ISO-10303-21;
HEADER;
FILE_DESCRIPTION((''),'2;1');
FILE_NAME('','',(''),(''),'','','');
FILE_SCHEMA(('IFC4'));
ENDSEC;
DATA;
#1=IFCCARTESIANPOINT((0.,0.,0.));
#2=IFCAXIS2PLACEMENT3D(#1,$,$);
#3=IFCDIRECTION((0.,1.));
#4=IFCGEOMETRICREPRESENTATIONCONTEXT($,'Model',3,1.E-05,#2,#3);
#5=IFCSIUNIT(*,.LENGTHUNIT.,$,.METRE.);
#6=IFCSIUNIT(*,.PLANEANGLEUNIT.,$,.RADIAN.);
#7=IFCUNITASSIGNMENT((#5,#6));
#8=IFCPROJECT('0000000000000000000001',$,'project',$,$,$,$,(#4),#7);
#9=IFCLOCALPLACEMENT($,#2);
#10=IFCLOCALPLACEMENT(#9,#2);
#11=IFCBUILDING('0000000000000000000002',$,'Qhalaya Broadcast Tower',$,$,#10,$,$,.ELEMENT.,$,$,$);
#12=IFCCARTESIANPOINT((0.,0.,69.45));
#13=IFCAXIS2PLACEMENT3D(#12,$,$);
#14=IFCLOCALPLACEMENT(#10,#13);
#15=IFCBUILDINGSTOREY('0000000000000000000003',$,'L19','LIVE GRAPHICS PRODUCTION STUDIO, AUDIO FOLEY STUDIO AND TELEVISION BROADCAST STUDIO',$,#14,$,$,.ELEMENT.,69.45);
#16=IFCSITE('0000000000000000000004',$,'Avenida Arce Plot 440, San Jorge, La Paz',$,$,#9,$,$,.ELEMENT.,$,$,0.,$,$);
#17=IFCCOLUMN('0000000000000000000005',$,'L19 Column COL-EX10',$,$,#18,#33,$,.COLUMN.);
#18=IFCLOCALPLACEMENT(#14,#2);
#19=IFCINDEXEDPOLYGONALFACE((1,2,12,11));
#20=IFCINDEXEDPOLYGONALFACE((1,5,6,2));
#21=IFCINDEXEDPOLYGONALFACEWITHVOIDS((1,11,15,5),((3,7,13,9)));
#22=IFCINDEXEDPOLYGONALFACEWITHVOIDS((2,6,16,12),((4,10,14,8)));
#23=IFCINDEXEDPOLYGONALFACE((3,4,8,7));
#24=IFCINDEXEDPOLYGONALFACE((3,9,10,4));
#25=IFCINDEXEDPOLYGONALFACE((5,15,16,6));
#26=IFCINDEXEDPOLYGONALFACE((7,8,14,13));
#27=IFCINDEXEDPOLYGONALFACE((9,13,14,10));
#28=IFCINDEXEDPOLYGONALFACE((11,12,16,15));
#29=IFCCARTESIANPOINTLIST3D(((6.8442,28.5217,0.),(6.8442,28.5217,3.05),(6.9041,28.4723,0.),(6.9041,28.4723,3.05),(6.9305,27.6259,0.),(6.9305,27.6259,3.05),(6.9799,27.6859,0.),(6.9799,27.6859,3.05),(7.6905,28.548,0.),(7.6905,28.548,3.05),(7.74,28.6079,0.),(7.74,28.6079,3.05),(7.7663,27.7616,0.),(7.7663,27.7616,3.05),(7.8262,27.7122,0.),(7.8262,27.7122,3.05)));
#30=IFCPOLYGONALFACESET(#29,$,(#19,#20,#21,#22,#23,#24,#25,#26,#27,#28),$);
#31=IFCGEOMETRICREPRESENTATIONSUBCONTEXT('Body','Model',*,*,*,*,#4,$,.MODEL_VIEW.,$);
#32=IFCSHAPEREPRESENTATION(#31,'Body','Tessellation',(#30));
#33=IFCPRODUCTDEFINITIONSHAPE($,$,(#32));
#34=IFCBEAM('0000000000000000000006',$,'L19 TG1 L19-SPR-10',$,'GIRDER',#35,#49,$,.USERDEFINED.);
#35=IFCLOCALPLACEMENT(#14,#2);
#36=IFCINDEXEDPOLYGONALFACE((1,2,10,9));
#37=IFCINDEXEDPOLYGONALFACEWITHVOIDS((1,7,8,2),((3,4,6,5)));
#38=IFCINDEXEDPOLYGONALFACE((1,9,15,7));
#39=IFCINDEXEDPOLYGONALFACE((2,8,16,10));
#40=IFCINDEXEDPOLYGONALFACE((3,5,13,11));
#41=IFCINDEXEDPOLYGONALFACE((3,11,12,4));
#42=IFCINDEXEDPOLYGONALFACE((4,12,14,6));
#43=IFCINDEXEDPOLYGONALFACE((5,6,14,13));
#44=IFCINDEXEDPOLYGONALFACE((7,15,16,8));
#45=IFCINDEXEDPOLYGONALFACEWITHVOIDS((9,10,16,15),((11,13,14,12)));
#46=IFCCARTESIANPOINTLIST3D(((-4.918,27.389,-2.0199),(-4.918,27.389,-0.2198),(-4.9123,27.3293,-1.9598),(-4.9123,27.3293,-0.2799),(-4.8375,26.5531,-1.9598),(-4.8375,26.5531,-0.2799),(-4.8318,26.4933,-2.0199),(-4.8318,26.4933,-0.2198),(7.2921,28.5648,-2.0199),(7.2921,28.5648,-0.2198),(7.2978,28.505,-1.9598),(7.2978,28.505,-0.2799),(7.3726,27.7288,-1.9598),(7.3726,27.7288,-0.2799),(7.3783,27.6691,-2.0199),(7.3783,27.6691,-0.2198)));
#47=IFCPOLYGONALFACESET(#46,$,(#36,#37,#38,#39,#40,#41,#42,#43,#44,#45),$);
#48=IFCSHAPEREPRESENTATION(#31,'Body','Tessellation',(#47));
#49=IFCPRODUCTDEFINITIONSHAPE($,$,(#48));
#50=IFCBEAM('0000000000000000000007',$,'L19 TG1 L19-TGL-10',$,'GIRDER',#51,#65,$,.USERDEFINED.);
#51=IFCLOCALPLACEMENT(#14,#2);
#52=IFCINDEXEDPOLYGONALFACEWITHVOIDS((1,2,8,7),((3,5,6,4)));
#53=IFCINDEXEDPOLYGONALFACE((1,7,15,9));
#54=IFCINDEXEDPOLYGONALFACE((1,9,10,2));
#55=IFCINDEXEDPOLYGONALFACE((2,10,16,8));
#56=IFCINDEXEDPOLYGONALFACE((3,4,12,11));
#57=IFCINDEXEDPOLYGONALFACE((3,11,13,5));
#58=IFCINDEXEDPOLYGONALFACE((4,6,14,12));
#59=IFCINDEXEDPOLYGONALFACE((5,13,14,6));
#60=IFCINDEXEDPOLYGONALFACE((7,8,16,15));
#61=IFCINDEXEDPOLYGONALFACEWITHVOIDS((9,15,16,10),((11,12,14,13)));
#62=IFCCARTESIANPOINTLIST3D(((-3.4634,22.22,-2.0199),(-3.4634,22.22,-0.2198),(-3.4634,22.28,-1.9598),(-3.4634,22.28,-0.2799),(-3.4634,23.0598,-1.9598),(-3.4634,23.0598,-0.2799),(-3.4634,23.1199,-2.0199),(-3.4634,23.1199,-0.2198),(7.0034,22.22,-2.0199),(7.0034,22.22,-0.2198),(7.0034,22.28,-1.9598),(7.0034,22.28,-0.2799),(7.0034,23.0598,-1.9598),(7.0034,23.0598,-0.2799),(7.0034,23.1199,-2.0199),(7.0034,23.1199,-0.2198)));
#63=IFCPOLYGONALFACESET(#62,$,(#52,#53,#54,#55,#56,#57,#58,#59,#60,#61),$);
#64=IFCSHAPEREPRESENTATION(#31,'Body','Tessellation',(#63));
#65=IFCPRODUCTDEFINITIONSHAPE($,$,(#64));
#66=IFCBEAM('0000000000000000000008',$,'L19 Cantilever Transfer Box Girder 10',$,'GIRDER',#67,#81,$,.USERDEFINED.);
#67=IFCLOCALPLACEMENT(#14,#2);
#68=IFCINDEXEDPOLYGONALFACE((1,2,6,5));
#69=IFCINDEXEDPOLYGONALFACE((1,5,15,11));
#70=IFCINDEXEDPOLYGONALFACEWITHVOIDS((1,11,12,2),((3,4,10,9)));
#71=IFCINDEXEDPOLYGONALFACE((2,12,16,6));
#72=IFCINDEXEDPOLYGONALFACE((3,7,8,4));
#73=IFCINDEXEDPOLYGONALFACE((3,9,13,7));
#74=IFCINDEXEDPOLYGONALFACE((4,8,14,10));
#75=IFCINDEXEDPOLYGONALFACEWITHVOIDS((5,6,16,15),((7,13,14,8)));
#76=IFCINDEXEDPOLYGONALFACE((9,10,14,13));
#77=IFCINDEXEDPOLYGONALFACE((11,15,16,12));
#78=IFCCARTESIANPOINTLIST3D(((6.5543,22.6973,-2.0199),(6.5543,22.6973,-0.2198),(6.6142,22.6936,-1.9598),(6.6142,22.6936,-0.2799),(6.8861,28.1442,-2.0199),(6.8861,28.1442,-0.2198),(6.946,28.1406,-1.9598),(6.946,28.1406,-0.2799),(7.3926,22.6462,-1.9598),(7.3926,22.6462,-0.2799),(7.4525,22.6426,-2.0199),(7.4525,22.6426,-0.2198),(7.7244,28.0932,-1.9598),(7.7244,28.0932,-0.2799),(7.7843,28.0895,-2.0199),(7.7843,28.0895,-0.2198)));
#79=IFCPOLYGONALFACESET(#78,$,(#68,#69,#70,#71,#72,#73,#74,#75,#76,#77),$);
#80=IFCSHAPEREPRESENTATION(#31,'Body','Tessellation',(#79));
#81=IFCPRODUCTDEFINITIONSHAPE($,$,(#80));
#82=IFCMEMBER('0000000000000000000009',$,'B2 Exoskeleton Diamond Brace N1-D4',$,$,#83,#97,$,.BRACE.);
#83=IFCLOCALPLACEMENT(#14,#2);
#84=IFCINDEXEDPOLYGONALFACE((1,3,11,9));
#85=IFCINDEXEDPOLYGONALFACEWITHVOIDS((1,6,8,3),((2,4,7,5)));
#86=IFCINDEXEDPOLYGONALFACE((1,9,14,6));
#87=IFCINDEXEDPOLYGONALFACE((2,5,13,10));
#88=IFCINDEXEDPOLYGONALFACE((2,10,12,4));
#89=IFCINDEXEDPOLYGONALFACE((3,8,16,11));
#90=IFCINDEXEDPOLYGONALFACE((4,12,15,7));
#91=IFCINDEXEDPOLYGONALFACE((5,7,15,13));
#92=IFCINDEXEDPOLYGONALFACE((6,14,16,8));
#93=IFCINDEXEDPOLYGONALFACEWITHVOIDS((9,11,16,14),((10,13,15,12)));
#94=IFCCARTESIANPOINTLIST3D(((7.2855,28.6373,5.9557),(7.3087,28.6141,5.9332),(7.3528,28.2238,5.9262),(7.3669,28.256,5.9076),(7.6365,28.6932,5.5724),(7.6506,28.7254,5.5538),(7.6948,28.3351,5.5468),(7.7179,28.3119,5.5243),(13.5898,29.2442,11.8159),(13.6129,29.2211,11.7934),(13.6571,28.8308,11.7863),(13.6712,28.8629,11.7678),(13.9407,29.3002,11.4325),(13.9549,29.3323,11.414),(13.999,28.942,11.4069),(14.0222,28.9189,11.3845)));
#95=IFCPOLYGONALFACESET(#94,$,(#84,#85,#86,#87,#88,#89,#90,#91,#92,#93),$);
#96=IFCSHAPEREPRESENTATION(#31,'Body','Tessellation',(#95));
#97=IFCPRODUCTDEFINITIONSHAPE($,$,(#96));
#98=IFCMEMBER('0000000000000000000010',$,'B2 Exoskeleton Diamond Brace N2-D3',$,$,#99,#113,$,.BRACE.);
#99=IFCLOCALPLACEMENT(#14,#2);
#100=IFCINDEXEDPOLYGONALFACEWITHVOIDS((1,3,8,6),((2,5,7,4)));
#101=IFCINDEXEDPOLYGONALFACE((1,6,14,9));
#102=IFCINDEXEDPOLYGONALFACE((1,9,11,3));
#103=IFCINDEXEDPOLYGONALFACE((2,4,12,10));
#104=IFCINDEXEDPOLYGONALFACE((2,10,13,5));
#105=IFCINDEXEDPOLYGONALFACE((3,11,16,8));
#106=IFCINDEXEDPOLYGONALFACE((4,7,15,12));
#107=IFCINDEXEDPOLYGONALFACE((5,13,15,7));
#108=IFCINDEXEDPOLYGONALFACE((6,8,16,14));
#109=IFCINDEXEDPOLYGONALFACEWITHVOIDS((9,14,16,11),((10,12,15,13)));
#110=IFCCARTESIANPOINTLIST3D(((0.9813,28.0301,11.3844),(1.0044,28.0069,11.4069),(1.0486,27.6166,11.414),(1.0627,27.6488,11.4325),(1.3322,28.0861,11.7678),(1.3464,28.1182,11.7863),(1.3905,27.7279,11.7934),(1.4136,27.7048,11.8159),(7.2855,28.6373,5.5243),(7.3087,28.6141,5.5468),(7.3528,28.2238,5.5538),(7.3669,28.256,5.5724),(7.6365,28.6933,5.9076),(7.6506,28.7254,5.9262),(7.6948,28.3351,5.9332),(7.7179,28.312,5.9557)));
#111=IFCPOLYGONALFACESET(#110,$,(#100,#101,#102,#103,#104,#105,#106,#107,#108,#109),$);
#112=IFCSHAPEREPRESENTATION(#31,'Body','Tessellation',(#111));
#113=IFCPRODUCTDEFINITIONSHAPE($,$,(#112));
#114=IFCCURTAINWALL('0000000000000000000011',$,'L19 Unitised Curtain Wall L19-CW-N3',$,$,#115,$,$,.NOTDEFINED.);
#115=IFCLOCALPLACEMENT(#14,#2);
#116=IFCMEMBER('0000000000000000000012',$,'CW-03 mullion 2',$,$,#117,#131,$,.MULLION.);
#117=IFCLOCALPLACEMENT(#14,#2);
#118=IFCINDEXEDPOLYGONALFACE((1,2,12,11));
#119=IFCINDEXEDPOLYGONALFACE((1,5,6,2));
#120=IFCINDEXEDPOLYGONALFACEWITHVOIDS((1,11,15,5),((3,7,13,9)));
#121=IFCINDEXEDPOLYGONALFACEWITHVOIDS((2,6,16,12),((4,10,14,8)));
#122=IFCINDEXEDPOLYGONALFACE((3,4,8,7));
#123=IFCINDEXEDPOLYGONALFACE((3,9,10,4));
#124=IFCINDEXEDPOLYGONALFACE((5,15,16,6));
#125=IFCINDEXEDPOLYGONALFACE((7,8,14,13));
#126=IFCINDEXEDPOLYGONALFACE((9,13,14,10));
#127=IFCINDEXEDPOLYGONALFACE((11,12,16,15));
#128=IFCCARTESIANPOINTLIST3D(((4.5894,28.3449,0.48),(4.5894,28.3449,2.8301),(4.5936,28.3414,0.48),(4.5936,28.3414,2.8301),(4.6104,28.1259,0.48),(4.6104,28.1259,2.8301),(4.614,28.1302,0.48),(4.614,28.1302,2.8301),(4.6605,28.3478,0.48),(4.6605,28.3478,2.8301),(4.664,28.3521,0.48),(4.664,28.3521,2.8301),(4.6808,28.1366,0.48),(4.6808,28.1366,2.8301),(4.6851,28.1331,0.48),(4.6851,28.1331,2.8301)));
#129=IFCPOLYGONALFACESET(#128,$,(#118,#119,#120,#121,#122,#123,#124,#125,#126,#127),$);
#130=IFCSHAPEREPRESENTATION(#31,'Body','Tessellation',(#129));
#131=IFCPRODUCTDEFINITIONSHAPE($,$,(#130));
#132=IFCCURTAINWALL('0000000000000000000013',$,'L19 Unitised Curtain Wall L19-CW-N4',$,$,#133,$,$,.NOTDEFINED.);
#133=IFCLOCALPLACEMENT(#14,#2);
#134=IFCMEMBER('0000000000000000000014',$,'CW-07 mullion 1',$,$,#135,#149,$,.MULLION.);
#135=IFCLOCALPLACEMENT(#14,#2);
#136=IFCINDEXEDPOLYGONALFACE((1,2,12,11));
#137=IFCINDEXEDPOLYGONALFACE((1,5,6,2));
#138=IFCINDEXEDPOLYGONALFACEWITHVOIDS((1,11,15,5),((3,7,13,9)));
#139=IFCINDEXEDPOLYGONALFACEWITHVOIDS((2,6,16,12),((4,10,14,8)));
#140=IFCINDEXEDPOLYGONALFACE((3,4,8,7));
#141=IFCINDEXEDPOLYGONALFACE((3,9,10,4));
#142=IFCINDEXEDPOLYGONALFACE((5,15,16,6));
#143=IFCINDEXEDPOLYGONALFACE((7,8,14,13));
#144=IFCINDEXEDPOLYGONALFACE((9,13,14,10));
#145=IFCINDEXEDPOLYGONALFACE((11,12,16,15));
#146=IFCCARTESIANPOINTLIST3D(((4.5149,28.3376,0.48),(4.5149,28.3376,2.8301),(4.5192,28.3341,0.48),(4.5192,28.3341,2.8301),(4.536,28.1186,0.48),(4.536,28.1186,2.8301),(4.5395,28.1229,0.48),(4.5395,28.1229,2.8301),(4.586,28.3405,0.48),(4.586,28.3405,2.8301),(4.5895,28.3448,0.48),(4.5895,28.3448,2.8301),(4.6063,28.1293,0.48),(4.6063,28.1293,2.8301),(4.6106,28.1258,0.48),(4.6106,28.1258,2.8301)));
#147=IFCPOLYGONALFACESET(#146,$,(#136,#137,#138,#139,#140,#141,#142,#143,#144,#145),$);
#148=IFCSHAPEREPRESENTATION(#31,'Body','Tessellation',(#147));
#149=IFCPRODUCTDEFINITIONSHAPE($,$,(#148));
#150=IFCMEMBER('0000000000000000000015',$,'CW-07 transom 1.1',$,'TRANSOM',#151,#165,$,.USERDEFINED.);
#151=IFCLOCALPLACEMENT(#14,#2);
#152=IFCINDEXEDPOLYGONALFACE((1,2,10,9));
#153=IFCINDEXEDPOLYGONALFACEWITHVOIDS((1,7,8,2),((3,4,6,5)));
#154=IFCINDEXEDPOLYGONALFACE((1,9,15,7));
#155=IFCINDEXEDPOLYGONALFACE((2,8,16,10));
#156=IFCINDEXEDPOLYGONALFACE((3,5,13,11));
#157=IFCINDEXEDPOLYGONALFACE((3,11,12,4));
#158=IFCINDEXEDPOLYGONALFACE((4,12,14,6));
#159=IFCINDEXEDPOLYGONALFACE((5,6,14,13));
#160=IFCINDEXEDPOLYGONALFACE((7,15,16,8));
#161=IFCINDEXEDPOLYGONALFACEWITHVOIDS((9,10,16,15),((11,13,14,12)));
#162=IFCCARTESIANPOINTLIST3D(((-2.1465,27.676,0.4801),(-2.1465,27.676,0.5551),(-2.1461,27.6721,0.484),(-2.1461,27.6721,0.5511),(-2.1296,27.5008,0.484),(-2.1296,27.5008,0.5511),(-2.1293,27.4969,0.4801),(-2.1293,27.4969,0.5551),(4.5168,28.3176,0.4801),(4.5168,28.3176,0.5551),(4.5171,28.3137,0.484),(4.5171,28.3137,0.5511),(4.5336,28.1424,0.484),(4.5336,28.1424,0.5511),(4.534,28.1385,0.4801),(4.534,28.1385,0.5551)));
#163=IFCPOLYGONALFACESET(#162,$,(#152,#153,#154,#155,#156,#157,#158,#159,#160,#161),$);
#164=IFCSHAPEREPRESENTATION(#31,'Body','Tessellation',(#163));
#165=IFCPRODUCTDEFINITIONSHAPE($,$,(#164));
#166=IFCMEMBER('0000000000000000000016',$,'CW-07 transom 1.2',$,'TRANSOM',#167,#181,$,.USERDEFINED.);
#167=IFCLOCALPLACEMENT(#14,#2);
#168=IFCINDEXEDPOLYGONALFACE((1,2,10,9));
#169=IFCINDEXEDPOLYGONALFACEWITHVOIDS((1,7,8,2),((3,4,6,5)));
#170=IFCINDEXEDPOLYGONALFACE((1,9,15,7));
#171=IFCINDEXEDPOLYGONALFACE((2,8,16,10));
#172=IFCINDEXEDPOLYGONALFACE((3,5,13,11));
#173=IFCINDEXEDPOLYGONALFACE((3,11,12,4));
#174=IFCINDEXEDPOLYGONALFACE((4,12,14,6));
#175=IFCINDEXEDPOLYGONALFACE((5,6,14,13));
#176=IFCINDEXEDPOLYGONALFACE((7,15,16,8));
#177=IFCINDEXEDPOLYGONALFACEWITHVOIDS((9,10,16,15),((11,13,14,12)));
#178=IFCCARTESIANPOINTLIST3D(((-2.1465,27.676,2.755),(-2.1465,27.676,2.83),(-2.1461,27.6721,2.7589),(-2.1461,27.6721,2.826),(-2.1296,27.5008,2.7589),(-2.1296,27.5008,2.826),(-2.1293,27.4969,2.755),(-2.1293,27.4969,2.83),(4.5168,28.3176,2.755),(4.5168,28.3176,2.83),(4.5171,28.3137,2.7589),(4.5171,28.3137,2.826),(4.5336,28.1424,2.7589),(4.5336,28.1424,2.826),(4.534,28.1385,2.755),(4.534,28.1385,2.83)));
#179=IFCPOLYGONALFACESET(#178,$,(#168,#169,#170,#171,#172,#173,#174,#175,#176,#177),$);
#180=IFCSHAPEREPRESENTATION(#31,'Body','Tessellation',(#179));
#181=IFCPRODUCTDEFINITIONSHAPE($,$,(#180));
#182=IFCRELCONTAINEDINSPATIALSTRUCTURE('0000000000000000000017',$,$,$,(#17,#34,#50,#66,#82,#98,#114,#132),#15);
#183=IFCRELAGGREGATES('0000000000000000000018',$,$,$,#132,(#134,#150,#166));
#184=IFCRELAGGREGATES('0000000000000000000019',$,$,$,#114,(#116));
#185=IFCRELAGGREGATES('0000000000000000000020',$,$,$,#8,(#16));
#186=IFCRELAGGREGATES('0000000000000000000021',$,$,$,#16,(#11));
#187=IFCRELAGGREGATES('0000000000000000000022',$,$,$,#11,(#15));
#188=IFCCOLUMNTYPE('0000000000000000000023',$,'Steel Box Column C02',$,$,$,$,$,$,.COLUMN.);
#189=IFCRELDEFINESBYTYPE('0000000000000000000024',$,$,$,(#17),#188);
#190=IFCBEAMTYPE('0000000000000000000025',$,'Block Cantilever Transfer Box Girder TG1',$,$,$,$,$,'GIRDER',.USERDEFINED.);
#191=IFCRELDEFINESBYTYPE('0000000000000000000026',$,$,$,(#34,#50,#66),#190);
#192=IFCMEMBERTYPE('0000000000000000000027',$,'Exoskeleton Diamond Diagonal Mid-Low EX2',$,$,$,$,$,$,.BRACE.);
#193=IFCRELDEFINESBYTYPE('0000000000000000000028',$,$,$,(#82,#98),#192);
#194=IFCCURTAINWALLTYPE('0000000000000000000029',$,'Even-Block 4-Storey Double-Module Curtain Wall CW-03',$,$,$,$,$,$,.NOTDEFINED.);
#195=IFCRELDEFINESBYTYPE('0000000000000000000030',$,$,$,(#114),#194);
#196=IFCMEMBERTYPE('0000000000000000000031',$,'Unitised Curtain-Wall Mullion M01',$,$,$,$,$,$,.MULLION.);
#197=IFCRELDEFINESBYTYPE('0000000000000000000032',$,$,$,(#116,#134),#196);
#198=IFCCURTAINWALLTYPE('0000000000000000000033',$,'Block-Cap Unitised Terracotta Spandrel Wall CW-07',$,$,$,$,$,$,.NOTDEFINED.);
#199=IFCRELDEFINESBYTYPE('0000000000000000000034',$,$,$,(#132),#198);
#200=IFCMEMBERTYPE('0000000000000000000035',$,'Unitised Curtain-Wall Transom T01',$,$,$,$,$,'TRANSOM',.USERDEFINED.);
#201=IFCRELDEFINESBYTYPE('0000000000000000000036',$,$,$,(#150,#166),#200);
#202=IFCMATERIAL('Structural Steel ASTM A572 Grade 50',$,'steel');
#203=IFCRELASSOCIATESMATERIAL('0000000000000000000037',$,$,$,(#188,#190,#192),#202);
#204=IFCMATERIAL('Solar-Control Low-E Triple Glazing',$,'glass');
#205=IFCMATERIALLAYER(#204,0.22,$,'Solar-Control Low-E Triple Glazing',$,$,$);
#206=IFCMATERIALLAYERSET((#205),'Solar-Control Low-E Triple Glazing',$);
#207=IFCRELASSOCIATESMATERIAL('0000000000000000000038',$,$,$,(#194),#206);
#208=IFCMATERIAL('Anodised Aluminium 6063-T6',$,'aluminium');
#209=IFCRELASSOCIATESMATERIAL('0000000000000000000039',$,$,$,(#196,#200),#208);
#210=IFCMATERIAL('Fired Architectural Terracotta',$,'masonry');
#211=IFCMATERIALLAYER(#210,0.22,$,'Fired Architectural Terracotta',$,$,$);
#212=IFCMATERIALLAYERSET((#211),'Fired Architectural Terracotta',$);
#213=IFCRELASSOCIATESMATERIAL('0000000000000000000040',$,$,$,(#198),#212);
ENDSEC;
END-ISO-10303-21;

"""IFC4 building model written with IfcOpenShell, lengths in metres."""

from ifc_helpers import new_model, si_unit, direction, frame, origin, origin_2d, place, context, subcontext, project, spatial, hollow_rectangle, extrude, material, layer, layer_set, material_profile, profile_set, type_object, element, aggregate, save


model = new_model("IFC4")

# Units and contexts
model_context = context("Model", 3, precision=1e-05, world=origin(), true_north=direction((0.0, 1.0)))
body_context = subcontext(model_context, "Body", "Model", "MODEL_VIEW")
ifc_project = project(units=[si_unit("LENGTHUNIT", "METRE"), si_unit("PLANEANGLEUNIT", "RADIAN")], contexts=[model_context])

# Site, building, storey
site_placement = place(None, origin())
site = spatial("IfcSite", under=ifc_project, at=site_placement, Name="Avenida Arce Plot 440, San Jorge, La Paz", CompositionType="ELEMENT", RefElevation=0.0)
building_placement = place(site_placement, origin())
building = spatial("IfcBuilding", under=site, at=building_placement, Name="Qhalaya Broadcast Tower", CompositionType="ELEMENT")
storey_placement = place(building_placement, frame((0.0, 0.0, 69.45)))
storey = spatial("IfcBuildingStorey", under=building, at=storey_placement, Name="L19", Description="LIVE GRAPHICS PRODUCTION STUDIO, AUDIO FOLEY STUDIO AND TELEVISION BROADCAST STUDIO", CompositionType="ELEMENT", Elevation=69.45)

# Column
ifc_material_1 = material(Name="Structural Steel ASTM A572 Grade 50", Category="steel")
ifc_material_profile_1 = material_profile(ifc_material_1, hollow_rectangle(XDim=0.8999, YDim=0.8999, WallThickness=0.0549, at=origin_2d()), Name="BOX 900x900x55")
ifc_profile_set_1 = profile_set([ifc_material_profile_1], Name="Structural Steel ASTM A572 Grade 50")
column_type = type_object("IfcColumnType", Name="Steel Box Column C02", PredefinedType="COLUMN", material=ifc_profile_set_1)
column_placement = place(storey_placement, frame((7.3352, 28.1169, 0.0), z_axis=(0.0, 0.0, 1.0), x_axis=(0.995396, 0.095846, 0.0)))
element("IfcColumn", 1, at=column_placement, inside=storey, type_object=column_type, Name="L19 Column COL-EX10", PredefinedType="COLUMN", context=body_context, shape_type="SweptSolid", body=[
    extrude(hollow_rectangle(XDim=0.8999, YDim=0.8999, WallThickness=0.0549, at=origin_2d()), origin(), (0.0, 0.0, 1.0), 3.05),
])

# Beams
ifc_material_profile_2 = material_profile(ifc_material_1, hollow_rectangle(XDim=0.8999, YDim=1.8, WallThickness=0.0601, at=origin_2d()), Name="BOX 900x1800x60")
ifc_profile_set_2 = profile_set([ifc_material_profile_2], Name="Structural Steel ASTM A572 Grade 50")
beam_type = type_object("IfcBeamType", Name="Block Cantilever Transfer Box Girder TG1", ElementType="GIRDER", PredefinedType="USERDEFINED", material=ifc_profile_set_2)
beam_1_placement = place(storey_placement, frame((7.3352, 28.1169, -1.1199), z_axis=(-0.995396, -0.095852, 0.0), x_axis=(0.095852, -0.995396, 0.0)))
element("IfcBeam", 2, at=beam_1_placement, inside=storey, type_object=beam_type, Name="L19 TG1 L19-SPR-10", ObjectType="GIRDER", PredefinedType="USERDEFINED", context=body_context, shape_type="SweptSolid", body=[
    extrude(hollow_rectangle(XDim=0.8999, YDim=1.8, WallThickness=0.0601, at=origin_2d()), origin(), (0.0, 0.0, 1.0), 12.2666),
])
beam_2_placement = place(storey_placement, frame((7.0034, 22.6699, -1.1199), z_axis=(-1.0, 0.0, 0.0), x_axis=(0.0, -1.0, 0.0)))
element("IfcBeam", 3, at=beam_2_placement, inside=storey, type_object=beam_type, Name="L19 TG1 L19-TGL-10", ObjectType="GIRDER", PredefinedType="USERDEFINED", context=body_context, shape_type="SweptSolid", body=[
    extrude(hollow_rectangle(XDim=0.8999, YDim=1.8, WallThickness=0.0601, at=origin_2d()), origin(), (0.0, 0.0, 1.0), 10.4668),
])
beam_3_placement = place(storey_placement, frame((7.0034, 22.6699, -1.1199), z_axis=(0.060799, 0.99815, 0.0), x_axis=(-0.99815, 0.060799, 0.0)))
element("IfcBeam", 4, at=beam_3_placement, inside=storey, type_object=beam_type, Name="L19 Cantilever Transfer Box Girder 10", ObjectType="GIRDER", PredefinedType="USERDEFINED", context=body_context, shape_type="SweptSolid", body=[
    extrude(hollow_rectangle(XDim=0.8999, YDim=1.8, WallThickness=0.0601, at=origin_2d()), origin(), (0.0, 0.0, 1.0), 5.457),
])

# Members
ifc_material_profile_3 = material_profile(ifc_material_1, hollow_rectangle(XDim=0.4199, YDim=0.55, WallThickness=0.0281, at=origin_2d()), Name="BOX 420x550x28")
ifc_profile_set_3 = profile_set([ifc_material_profile_3], Name="Structural Steel ASTM A572 Grade 50")
member_type_1 = type_object("IfcMemberType", Name="Exoskeleton Diamond Diagonal Mid-Low EX2", PredefinedType="BRACE", material=ifc_profile_set_3)
for number, where, z_axis, x_axis, name in (
    (5, (7.5017, 28.4746, 5.74), (0.73062, 0.07034, 0.679152), (-0.160184, 0.984577, 0.070351), "B2 Exoskeleton Diamond Brace N1-D4"),
    (6, (7.5017, 28.4746, 5.74), (-0.730618, -0.070368, 0.679151), (0.160222, -0.984571, 0.070351), "B2 Exoskeleton Diamond Brace N2-D3"),
):
    element("IfcMember", number, at=place(storey_placement, frame(where, z_axis=z_axis, x_axis=x_axis)), inside=storey, type_object=member_type_1, Name=name, PredefinedType="BRACE", context=body_context, shape_type="SweptSolid", body=[
        extrude(hollow_rectangle(XDim=0.4199, YDim=0.55, WallThickness=0.0281, at=origin_2d()), origin(), (0.0, 0.0, 1.0), 8.6287),
    ])

# Curtain wall, member
ifc_material_2 = material(Name="Solar-Control Low-E Triple Glazing", Category="glass")
ifc_layer_1 = layer(ifc_material_2, 0.22, Name="Solar-Control Low-E Triple Glazing")
ifc_layer_set_1 = layer_set([ifc_layer_1], Name="Solar-Control Low-E Triple Glazing")
curtain_wall_type_1 = type_object("IfcCurtainWallType", Name="Even-Block 4-Storey Double-Module Curtain Wall CW-03", PredefinedType="NOTDEFINED", material=ifc_layer_set_1)
curtain_wall_1_placement = place(storey_placement, origin())
curtain_wall_1 = element("IfcCurtainWall", 7, at=curtain_wall_1_placement, inside=storey, type_object=curtain_wall_type_1, Name="L19 Unitised Curtain Wall L19-CW-N3", PredefinedType="NOTDEFINED")
ifc_material_3 = material(Name="Anodised Aluminium 6063-T6", Category="aluminium")
ifc_material_profile_4 = material_profile(ifc_material_3, hollow_rectangle(XDim=0.075, YDim=0.22, WallThickness=0.0039, at=origin_2d()), Name="ALU-MUL 75x220x4")
ifc_profile_set_4 = profile_set([ifc_material_profile_4], Name="Anodised Aluminium 6063-T6")
member_type_2 = type_object("IfcMemberType", Name="Unitised Curtain-Wall Mullion M01", PredefinedType="MULLION", material=ifc_profile_set_4)
member_1_placement = place(storey_placement, frame((4.6372, 28.239, 0.48), z_axis=(0.0, 0.0, 1.0), x_axis=(-0.995396, -0.095844, 0.0)))
member_1 = element("IfcMember", 8, at=member_1_placement, type_object=member_type_2, Name="CW-03 mullion 2", PredefinedType="MULLION", context=body_context, shape_type="SweptSolid", body=[
    extrude(hollow_rectangle(XDim=0.075, YDim=0.22, WallThickness=0.0039, at=origin_2d()), origin(), (0.0, 0.0, 1.0), 2.3501),
])

# Curtain wall, members
ifc_material_4 = material(Name="Fired Architectural Terracotta", Category="masonry")
ifc_layer_2 = layer(ifc_material_4, 0.22, Name="Fired Architectural Terracotta")
ifc_layer_set_2 = layer_set([ifc_layer_2], Name="Fired Architectural Terracotta")
curtain_wall_type_2 = type_object("IfcCurtainWallType", Name="Block-Cap Unitised Terracotta Spandrel Wall CW-07", PredefinedType="NOTDEFINED", material=ifc_layer_set_2)
curtain_wall_2_placement = place(storey_placement, origin())
curtain_wall_2 = element("IfcCurtainWall", 9, at=curtain_wall_2_placement, inside=storey, type_object=curtain_wall_type_2, Name="L19 Unitised Curtain Wall L19-CW-N4", PredefinedType="NOTDEFINED")
member_2_placement = place(storey_placement, frame((4.5627, 28.2317, 0.48), z_axis=(0.0, 0.0, 1.0), x_axis=(-0.995396, -0.09585, 0.0)))
member_2 = element("IfcMember", 10, at=member_2_placement, type_object=member_type_2, Name="CW-07 mullion 1", PredefinedType="MULLION", context=body_context, shape_type="SweptSolid", body=[
    extrude(hollow_rectangle(XDim=0.075, YDim=0.22, WallThickness=0.0039, at=origin_2d()), origin(), (0.0, 0.0, 1.0), 2.3501),
])
ifc_material_profile_5 = material_profile(ifc_material_3, hollow_rectangle(XDim=0.075, YDim=0.1799, WallThickness=0.0039, at=origin_2d()), Name="ALU-TRN 75x180x4")
ifc_profile_set_5 = profile_set([ifc_material_profile_5], Name="Anodised Aluminium 6063-T6")
member_type_3 = type_object("IfcMemberType", Name="Unitised Curtain-Wall Transom T01", ElementType="TRANSOM", PredefinedType="USERDEFINED", material=ifc_profile_set_5)
member_3_placement = place(storey_placement, frame((4.5254, 28.228, 0.5176), z_axis=(-0.995396, -0.095845, 0.0), x_axis=(0.0, 0.0, 1.0)))
member_3 = element("IfcMember", 11, at=member_3_placement, type_object=member_type_3, Name="CW-07 transom 1.1", ObjectType="TRANSOM", PredefinedType="USERDEFINED", context=body_context, shape_type="SweptSolid", body=[
    extrude(hollow_rectangle(XDim=0.075, YDim=0.1799, WallThickness=0.0039, at=origin_2d()), origin(), (0.0, 0.0, 1.0), 6.6941),
])
member_4_placement = place(storey_placement, frame((4.5254, 28.228, 2.7925), z_axis=(-0.995396, -0.095845, 0.0), x_axis=(0.0, 0.0, 1.0)))
member_4 = element("IfcMember", 12, at=member_4_placement, type_object=member_type_3, Name="CW-07 transom 1.2", ObjectType="TRANSOM", PredefinedType="USERDEFINED", context=body_context, shape_type="SweptSolid", body=[
    extrude(hollow_rectangle(XDim=0.075, YDim=0.1799, WallThickness=0.0039, at=origin_2d()), origin(), (0.0, 0.0, 1.0), 6.6941),
])
aggregate(curtain_wall_2, [member_2, member_3, member_4])

aggregate(curtain_wall_1, [member_1])

save(model, "model.ifc")
